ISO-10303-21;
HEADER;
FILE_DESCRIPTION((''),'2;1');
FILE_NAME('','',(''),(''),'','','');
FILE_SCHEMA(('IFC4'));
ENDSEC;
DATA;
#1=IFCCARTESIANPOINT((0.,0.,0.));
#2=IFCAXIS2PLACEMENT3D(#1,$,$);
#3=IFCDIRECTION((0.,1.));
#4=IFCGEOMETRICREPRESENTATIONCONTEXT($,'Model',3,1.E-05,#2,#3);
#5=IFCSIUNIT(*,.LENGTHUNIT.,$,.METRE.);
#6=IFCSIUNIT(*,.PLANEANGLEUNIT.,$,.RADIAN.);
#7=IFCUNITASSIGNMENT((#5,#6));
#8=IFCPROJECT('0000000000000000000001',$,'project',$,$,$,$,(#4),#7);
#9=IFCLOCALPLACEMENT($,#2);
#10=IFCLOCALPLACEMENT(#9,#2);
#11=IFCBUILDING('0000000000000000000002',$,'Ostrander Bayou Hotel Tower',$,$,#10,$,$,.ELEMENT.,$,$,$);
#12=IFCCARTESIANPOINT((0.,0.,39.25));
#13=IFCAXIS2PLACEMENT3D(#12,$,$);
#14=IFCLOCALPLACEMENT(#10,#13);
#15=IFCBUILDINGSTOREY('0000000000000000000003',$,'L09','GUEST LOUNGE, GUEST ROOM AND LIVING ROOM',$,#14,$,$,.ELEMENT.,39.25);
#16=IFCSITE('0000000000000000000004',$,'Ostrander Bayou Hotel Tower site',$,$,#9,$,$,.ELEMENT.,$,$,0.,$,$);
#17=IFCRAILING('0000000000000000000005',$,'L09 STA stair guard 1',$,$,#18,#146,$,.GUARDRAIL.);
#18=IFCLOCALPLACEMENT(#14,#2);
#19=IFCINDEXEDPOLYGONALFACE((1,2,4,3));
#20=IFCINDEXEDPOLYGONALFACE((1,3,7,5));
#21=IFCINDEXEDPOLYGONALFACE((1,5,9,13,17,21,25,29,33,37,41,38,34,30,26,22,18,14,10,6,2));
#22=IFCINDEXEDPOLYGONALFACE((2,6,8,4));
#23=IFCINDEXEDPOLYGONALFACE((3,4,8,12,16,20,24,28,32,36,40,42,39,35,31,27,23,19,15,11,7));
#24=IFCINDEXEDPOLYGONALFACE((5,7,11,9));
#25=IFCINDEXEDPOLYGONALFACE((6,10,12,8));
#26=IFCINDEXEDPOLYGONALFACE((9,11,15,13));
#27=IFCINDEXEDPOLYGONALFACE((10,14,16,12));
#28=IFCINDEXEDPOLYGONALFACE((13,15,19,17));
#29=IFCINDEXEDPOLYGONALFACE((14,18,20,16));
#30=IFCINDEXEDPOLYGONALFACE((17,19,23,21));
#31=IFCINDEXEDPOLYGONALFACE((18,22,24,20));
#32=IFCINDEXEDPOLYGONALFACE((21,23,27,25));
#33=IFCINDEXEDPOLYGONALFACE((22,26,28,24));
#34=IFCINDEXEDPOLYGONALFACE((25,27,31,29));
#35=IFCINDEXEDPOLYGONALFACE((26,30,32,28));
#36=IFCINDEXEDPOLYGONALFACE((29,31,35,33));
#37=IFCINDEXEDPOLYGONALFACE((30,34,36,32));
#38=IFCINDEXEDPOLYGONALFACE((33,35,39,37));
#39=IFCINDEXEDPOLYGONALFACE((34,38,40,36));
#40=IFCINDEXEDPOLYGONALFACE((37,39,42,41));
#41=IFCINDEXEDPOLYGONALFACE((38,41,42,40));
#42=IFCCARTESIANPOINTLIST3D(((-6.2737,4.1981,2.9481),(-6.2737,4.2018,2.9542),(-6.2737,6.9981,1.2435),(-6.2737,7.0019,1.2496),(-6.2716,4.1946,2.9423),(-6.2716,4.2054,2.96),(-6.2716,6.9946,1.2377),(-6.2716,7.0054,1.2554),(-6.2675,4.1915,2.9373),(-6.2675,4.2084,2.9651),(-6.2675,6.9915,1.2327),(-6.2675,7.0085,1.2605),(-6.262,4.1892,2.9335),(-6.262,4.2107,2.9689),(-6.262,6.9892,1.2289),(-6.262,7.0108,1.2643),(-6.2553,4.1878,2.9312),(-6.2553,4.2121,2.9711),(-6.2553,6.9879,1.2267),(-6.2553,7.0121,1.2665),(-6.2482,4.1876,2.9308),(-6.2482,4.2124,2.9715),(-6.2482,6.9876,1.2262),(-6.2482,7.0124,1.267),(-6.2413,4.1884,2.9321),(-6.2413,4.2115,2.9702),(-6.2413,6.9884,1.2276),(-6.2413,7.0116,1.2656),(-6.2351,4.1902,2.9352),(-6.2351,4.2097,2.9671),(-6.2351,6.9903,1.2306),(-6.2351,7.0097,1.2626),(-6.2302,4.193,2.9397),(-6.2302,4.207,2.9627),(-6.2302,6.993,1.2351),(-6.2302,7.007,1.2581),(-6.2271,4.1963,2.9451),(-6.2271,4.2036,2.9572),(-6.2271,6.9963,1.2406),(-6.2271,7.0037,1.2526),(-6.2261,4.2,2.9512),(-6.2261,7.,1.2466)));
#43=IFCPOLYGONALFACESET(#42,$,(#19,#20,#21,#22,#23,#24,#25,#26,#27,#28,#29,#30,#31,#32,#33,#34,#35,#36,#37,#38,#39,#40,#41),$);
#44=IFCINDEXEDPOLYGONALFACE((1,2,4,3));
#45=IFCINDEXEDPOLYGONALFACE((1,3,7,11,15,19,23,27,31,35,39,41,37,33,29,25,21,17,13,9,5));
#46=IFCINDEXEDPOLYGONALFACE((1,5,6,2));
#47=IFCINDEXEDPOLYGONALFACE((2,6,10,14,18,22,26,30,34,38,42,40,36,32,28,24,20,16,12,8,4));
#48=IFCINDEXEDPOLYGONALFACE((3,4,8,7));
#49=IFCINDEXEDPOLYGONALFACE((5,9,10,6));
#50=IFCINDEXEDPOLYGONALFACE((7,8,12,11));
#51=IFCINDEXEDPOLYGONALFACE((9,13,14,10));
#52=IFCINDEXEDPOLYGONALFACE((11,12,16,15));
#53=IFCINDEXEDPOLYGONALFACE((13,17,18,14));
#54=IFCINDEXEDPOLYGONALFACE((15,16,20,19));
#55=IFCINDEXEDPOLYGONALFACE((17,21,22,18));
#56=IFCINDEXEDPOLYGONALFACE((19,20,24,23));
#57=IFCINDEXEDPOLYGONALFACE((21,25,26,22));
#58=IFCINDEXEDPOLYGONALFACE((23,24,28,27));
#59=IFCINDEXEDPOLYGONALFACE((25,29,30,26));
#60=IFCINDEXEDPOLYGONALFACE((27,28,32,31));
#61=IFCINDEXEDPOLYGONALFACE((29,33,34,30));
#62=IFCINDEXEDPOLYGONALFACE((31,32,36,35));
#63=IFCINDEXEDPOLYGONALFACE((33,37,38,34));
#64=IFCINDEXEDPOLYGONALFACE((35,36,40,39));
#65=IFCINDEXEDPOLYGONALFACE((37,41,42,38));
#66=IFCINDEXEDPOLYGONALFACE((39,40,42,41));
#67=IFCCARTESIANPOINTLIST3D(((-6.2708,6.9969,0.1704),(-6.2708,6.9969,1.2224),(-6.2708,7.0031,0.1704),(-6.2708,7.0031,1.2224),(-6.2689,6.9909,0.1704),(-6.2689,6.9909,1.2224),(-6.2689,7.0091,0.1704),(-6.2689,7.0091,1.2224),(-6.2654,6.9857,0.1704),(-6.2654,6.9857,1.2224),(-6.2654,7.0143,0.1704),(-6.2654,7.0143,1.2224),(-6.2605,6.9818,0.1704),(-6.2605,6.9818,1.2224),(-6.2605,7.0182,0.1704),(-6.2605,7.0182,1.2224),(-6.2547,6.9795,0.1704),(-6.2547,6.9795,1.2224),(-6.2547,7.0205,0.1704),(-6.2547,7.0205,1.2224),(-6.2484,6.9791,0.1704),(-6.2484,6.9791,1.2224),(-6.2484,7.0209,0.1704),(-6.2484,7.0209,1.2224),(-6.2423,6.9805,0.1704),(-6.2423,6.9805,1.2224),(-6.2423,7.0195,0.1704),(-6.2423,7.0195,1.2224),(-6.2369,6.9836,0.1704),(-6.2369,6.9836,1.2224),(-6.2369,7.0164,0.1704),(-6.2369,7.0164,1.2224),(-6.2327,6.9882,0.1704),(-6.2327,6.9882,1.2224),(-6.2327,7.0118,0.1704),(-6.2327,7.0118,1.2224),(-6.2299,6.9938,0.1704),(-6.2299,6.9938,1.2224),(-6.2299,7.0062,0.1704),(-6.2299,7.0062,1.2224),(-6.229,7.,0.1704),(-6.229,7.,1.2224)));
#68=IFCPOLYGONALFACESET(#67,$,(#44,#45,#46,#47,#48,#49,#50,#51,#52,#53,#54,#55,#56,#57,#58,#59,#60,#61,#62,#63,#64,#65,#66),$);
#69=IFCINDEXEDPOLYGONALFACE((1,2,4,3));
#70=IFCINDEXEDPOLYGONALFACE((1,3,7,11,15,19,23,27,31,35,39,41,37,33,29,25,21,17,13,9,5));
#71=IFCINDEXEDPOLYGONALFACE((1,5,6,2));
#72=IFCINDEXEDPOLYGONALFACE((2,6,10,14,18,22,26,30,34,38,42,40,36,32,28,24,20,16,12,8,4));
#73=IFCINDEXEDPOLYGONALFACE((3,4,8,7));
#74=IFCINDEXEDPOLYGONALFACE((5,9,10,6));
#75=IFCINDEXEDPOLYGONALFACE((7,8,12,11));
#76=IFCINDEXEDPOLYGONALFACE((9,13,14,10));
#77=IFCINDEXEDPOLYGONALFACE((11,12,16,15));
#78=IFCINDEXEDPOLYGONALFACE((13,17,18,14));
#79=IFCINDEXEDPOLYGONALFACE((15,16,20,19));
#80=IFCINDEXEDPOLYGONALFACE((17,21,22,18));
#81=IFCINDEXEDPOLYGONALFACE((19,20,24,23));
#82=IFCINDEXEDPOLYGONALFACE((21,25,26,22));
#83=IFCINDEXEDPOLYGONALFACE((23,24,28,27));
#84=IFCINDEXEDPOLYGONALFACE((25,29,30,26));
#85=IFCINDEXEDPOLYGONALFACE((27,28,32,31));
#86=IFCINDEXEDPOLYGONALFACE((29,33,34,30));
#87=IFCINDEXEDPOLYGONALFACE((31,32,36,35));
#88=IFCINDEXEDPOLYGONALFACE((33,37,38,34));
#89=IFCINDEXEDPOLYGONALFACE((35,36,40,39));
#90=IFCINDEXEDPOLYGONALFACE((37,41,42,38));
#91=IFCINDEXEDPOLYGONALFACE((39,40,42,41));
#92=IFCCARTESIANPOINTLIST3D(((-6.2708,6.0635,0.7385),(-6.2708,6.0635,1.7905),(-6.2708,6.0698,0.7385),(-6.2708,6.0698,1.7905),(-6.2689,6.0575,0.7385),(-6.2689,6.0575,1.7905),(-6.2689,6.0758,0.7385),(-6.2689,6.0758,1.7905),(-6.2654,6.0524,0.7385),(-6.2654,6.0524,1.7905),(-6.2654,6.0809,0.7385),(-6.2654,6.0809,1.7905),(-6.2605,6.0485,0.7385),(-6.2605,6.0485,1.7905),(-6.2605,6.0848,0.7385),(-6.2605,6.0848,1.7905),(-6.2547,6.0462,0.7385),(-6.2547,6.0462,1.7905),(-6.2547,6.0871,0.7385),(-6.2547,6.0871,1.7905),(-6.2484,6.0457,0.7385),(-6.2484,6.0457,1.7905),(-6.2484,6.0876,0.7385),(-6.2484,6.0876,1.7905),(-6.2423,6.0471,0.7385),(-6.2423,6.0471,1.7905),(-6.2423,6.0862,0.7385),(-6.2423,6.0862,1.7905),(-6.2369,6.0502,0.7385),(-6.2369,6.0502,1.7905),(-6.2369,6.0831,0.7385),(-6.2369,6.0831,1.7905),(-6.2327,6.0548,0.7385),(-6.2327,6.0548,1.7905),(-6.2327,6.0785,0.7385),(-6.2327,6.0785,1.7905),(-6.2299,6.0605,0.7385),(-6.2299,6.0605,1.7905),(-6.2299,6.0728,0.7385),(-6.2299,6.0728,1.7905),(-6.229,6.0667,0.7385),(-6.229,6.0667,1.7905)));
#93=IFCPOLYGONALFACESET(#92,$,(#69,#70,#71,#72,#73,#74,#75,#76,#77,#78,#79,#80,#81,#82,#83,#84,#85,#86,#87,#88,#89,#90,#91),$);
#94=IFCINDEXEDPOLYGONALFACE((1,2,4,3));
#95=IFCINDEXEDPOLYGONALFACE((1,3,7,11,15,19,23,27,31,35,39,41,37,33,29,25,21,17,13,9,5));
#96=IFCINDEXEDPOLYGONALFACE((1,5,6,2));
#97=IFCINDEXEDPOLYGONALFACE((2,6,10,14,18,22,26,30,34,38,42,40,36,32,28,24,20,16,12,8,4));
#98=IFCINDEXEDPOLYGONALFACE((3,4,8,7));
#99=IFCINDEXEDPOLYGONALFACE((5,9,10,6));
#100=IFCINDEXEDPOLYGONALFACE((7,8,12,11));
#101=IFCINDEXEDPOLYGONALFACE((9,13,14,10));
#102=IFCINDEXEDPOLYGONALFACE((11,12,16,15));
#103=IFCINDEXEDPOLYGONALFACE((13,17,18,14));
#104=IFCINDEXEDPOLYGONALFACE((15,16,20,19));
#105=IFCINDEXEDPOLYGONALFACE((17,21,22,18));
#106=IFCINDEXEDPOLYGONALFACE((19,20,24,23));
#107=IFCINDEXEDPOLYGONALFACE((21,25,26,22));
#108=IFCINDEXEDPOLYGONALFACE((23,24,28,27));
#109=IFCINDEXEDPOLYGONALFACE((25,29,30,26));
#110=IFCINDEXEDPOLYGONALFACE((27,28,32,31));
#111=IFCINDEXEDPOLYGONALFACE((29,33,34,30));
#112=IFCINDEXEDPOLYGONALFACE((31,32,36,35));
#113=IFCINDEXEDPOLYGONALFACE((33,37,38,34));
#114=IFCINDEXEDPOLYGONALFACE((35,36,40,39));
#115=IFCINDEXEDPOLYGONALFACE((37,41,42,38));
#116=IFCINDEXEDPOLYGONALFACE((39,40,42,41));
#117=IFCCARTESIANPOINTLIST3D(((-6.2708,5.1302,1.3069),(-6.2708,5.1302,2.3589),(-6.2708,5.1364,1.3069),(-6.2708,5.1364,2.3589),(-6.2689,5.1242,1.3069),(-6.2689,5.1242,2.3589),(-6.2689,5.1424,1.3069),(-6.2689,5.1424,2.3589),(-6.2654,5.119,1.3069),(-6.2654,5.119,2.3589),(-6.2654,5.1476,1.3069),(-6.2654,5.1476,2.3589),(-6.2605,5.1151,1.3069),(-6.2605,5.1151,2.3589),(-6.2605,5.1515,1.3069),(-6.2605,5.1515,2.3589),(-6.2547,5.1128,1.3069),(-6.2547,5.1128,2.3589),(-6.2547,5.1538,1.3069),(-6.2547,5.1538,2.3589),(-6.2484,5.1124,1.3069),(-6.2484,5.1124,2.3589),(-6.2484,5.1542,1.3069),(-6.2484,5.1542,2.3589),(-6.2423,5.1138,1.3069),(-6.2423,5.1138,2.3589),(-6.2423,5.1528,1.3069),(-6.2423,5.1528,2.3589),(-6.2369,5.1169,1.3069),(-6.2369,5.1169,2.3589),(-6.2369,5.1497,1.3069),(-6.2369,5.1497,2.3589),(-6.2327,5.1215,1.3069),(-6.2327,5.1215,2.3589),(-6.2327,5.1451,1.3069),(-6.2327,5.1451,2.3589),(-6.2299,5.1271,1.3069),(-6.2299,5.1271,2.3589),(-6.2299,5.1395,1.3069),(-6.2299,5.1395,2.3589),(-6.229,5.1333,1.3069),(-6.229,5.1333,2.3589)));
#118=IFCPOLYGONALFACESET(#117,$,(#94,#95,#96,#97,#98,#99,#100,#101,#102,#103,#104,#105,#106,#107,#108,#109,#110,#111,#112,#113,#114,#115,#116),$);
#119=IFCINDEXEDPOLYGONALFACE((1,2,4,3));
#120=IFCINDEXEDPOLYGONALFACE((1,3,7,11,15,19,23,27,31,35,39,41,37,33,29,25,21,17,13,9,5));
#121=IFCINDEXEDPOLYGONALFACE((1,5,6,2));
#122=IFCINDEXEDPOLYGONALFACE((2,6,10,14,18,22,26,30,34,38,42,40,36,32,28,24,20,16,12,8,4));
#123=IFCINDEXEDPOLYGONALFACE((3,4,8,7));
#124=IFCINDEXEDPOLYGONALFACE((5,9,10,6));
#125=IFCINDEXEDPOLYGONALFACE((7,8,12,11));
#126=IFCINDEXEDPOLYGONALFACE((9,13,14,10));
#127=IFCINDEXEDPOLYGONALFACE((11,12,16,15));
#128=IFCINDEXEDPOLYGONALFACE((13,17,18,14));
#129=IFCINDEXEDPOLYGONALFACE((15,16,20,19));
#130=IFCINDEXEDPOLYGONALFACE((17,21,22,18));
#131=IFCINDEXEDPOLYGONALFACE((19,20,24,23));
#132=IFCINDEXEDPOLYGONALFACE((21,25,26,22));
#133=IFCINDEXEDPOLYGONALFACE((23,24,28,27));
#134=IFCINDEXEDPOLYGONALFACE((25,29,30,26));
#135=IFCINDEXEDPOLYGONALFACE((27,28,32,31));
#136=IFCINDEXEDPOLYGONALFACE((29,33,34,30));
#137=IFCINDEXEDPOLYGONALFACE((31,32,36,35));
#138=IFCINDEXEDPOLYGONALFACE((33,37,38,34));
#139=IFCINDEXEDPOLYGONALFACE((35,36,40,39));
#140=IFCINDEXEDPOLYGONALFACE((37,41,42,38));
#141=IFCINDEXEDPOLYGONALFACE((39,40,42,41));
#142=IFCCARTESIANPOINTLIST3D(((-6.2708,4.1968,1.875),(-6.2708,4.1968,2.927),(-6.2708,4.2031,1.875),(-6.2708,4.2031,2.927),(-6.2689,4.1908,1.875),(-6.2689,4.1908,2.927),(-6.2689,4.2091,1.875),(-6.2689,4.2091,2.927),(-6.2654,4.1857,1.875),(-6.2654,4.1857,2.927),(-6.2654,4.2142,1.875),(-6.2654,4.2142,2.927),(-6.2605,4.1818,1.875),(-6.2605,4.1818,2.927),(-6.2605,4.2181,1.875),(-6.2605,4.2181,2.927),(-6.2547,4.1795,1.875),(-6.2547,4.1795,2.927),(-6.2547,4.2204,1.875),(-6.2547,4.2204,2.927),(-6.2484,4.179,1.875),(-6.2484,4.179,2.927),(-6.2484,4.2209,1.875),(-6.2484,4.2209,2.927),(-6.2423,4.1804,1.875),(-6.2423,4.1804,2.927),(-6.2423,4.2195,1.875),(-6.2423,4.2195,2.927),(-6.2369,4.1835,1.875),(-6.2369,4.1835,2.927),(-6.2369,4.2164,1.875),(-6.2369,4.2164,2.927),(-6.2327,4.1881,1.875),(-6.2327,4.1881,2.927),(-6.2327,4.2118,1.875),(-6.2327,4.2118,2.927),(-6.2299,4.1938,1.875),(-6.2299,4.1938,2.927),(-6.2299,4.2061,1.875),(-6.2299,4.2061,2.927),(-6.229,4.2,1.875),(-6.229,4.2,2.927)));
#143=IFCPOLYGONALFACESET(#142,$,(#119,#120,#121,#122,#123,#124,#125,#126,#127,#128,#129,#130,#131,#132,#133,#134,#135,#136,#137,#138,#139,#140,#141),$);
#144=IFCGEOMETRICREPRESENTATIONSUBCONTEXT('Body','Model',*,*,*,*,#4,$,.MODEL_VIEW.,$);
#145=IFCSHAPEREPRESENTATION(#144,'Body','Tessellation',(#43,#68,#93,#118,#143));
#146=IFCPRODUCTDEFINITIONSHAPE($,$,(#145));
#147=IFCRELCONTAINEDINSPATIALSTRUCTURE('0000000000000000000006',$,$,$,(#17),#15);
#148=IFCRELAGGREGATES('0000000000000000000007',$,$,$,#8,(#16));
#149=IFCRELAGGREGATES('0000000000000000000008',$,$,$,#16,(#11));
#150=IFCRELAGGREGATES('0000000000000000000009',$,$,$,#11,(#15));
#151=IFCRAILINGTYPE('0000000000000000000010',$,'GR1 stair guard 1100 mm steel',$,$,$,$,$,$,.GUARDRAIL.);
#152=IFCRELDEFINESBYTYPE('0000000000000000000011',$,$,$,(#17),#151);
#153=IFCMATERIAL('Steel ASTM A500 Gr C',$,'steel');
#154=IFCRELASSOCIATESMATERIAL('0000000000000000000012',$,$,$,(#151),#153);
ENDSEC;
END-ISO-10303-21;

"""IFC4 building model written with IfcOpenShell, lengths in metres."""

from ifc_helpers import new_model, si_unit, direction, frame, origin, origin_2d, place, context, subcontext, project, spatial, circle, extrude, material, type_object, element, save


model = new_model("IFC4")

# Units and contexts
model_context = context("Model", 3, precision=1e-05, world=origin(), true_north=direction((0.0, 1.0)))
body_context = subcontext(model_context, "Body", "Model", "MODEL_VIEW")
ifc_project = project(units=[si_unit("LENGTHUNIT", "METRE"), si_unit("PLANEANGLEUNIT", "RADIAN")], contexts=[model_context])

# Site, building, storey
site_placement = place(None, origin())
site = spatial("IfcSite", under=ifc_project, at=site_placement, Name="Ostrander Bayou Hotel Tower site", CompositionType="ELEMENT", RefElevation=0.0)
building_placement = place(site_placement, origin())
building = spatial("IfcBuilding", under=site, at=building_placement, Name="Ostrander Bayou Hotel Tower", CompositionType="ELEMENT")
storey_placement = place(building_placement, frame((0.0, 0.0, 39.25)))
storey = spatial("IfcBuildingStorey", under=building, at=storey_placement, Name="L09", Description="GUEST LOUNGE, GUEST ROOM AND LIVING ROOM", CompositionType="ELEMENT", Elevation=39.25)

# Railing
ifc_material_1 = material(Name="Steel ASTM A500 Gr C", Category="steel")
railing_type = type_object("IfcRailingType", Name="GR1 stair guard 1100 mm steel", PredefinedType="GUARDRAIL", material=ifc_material_1)
railing_1_placement = place(storey_placement, frame((-6.25, 7.0, 0.1704)))
element("IfcRailing", 1, at=railing_1_placement, inside=storey, type_object=railing_type, Name="L09 STA stair guard 1", PredefinedType="GUARDRAIL", context=body_context, shape_type="SweptSolid", body=[
    extrude(circle(Radius=0.0239, at=origin_2d()), frame((0.0, 0.0, 1.0762), z_axis=(0.0, -0.85417, 0.519994), x_axis=(1.0, 0.0, 0.0)), (0.0, 0.0, 1.0), 3.2781),
    extrude(circle(Radius=0.021, at=origin_2d()), origin(), (0.0, 0.0, 1.0), 1.052),
    extrude(circle(Radius=0.021, at=origin_2d()), frame((0.0, -0.9333, 0.5681)), (0.0, 0.0, 1.0), 1.052),
    extrude(circle(Radius=0.021, at=origin_2d()), frame((0.0, -1.8667, 1.1365)), (0.0, 0.0, 1.0), 1.052),
    extrude(circle(Radius=0.021, at=origin_2d()), frame((0.0, -2.8, 1.7046)), (0.0, 0.0, 1.0), 1.052),
])

save(model, "model.ifc")
